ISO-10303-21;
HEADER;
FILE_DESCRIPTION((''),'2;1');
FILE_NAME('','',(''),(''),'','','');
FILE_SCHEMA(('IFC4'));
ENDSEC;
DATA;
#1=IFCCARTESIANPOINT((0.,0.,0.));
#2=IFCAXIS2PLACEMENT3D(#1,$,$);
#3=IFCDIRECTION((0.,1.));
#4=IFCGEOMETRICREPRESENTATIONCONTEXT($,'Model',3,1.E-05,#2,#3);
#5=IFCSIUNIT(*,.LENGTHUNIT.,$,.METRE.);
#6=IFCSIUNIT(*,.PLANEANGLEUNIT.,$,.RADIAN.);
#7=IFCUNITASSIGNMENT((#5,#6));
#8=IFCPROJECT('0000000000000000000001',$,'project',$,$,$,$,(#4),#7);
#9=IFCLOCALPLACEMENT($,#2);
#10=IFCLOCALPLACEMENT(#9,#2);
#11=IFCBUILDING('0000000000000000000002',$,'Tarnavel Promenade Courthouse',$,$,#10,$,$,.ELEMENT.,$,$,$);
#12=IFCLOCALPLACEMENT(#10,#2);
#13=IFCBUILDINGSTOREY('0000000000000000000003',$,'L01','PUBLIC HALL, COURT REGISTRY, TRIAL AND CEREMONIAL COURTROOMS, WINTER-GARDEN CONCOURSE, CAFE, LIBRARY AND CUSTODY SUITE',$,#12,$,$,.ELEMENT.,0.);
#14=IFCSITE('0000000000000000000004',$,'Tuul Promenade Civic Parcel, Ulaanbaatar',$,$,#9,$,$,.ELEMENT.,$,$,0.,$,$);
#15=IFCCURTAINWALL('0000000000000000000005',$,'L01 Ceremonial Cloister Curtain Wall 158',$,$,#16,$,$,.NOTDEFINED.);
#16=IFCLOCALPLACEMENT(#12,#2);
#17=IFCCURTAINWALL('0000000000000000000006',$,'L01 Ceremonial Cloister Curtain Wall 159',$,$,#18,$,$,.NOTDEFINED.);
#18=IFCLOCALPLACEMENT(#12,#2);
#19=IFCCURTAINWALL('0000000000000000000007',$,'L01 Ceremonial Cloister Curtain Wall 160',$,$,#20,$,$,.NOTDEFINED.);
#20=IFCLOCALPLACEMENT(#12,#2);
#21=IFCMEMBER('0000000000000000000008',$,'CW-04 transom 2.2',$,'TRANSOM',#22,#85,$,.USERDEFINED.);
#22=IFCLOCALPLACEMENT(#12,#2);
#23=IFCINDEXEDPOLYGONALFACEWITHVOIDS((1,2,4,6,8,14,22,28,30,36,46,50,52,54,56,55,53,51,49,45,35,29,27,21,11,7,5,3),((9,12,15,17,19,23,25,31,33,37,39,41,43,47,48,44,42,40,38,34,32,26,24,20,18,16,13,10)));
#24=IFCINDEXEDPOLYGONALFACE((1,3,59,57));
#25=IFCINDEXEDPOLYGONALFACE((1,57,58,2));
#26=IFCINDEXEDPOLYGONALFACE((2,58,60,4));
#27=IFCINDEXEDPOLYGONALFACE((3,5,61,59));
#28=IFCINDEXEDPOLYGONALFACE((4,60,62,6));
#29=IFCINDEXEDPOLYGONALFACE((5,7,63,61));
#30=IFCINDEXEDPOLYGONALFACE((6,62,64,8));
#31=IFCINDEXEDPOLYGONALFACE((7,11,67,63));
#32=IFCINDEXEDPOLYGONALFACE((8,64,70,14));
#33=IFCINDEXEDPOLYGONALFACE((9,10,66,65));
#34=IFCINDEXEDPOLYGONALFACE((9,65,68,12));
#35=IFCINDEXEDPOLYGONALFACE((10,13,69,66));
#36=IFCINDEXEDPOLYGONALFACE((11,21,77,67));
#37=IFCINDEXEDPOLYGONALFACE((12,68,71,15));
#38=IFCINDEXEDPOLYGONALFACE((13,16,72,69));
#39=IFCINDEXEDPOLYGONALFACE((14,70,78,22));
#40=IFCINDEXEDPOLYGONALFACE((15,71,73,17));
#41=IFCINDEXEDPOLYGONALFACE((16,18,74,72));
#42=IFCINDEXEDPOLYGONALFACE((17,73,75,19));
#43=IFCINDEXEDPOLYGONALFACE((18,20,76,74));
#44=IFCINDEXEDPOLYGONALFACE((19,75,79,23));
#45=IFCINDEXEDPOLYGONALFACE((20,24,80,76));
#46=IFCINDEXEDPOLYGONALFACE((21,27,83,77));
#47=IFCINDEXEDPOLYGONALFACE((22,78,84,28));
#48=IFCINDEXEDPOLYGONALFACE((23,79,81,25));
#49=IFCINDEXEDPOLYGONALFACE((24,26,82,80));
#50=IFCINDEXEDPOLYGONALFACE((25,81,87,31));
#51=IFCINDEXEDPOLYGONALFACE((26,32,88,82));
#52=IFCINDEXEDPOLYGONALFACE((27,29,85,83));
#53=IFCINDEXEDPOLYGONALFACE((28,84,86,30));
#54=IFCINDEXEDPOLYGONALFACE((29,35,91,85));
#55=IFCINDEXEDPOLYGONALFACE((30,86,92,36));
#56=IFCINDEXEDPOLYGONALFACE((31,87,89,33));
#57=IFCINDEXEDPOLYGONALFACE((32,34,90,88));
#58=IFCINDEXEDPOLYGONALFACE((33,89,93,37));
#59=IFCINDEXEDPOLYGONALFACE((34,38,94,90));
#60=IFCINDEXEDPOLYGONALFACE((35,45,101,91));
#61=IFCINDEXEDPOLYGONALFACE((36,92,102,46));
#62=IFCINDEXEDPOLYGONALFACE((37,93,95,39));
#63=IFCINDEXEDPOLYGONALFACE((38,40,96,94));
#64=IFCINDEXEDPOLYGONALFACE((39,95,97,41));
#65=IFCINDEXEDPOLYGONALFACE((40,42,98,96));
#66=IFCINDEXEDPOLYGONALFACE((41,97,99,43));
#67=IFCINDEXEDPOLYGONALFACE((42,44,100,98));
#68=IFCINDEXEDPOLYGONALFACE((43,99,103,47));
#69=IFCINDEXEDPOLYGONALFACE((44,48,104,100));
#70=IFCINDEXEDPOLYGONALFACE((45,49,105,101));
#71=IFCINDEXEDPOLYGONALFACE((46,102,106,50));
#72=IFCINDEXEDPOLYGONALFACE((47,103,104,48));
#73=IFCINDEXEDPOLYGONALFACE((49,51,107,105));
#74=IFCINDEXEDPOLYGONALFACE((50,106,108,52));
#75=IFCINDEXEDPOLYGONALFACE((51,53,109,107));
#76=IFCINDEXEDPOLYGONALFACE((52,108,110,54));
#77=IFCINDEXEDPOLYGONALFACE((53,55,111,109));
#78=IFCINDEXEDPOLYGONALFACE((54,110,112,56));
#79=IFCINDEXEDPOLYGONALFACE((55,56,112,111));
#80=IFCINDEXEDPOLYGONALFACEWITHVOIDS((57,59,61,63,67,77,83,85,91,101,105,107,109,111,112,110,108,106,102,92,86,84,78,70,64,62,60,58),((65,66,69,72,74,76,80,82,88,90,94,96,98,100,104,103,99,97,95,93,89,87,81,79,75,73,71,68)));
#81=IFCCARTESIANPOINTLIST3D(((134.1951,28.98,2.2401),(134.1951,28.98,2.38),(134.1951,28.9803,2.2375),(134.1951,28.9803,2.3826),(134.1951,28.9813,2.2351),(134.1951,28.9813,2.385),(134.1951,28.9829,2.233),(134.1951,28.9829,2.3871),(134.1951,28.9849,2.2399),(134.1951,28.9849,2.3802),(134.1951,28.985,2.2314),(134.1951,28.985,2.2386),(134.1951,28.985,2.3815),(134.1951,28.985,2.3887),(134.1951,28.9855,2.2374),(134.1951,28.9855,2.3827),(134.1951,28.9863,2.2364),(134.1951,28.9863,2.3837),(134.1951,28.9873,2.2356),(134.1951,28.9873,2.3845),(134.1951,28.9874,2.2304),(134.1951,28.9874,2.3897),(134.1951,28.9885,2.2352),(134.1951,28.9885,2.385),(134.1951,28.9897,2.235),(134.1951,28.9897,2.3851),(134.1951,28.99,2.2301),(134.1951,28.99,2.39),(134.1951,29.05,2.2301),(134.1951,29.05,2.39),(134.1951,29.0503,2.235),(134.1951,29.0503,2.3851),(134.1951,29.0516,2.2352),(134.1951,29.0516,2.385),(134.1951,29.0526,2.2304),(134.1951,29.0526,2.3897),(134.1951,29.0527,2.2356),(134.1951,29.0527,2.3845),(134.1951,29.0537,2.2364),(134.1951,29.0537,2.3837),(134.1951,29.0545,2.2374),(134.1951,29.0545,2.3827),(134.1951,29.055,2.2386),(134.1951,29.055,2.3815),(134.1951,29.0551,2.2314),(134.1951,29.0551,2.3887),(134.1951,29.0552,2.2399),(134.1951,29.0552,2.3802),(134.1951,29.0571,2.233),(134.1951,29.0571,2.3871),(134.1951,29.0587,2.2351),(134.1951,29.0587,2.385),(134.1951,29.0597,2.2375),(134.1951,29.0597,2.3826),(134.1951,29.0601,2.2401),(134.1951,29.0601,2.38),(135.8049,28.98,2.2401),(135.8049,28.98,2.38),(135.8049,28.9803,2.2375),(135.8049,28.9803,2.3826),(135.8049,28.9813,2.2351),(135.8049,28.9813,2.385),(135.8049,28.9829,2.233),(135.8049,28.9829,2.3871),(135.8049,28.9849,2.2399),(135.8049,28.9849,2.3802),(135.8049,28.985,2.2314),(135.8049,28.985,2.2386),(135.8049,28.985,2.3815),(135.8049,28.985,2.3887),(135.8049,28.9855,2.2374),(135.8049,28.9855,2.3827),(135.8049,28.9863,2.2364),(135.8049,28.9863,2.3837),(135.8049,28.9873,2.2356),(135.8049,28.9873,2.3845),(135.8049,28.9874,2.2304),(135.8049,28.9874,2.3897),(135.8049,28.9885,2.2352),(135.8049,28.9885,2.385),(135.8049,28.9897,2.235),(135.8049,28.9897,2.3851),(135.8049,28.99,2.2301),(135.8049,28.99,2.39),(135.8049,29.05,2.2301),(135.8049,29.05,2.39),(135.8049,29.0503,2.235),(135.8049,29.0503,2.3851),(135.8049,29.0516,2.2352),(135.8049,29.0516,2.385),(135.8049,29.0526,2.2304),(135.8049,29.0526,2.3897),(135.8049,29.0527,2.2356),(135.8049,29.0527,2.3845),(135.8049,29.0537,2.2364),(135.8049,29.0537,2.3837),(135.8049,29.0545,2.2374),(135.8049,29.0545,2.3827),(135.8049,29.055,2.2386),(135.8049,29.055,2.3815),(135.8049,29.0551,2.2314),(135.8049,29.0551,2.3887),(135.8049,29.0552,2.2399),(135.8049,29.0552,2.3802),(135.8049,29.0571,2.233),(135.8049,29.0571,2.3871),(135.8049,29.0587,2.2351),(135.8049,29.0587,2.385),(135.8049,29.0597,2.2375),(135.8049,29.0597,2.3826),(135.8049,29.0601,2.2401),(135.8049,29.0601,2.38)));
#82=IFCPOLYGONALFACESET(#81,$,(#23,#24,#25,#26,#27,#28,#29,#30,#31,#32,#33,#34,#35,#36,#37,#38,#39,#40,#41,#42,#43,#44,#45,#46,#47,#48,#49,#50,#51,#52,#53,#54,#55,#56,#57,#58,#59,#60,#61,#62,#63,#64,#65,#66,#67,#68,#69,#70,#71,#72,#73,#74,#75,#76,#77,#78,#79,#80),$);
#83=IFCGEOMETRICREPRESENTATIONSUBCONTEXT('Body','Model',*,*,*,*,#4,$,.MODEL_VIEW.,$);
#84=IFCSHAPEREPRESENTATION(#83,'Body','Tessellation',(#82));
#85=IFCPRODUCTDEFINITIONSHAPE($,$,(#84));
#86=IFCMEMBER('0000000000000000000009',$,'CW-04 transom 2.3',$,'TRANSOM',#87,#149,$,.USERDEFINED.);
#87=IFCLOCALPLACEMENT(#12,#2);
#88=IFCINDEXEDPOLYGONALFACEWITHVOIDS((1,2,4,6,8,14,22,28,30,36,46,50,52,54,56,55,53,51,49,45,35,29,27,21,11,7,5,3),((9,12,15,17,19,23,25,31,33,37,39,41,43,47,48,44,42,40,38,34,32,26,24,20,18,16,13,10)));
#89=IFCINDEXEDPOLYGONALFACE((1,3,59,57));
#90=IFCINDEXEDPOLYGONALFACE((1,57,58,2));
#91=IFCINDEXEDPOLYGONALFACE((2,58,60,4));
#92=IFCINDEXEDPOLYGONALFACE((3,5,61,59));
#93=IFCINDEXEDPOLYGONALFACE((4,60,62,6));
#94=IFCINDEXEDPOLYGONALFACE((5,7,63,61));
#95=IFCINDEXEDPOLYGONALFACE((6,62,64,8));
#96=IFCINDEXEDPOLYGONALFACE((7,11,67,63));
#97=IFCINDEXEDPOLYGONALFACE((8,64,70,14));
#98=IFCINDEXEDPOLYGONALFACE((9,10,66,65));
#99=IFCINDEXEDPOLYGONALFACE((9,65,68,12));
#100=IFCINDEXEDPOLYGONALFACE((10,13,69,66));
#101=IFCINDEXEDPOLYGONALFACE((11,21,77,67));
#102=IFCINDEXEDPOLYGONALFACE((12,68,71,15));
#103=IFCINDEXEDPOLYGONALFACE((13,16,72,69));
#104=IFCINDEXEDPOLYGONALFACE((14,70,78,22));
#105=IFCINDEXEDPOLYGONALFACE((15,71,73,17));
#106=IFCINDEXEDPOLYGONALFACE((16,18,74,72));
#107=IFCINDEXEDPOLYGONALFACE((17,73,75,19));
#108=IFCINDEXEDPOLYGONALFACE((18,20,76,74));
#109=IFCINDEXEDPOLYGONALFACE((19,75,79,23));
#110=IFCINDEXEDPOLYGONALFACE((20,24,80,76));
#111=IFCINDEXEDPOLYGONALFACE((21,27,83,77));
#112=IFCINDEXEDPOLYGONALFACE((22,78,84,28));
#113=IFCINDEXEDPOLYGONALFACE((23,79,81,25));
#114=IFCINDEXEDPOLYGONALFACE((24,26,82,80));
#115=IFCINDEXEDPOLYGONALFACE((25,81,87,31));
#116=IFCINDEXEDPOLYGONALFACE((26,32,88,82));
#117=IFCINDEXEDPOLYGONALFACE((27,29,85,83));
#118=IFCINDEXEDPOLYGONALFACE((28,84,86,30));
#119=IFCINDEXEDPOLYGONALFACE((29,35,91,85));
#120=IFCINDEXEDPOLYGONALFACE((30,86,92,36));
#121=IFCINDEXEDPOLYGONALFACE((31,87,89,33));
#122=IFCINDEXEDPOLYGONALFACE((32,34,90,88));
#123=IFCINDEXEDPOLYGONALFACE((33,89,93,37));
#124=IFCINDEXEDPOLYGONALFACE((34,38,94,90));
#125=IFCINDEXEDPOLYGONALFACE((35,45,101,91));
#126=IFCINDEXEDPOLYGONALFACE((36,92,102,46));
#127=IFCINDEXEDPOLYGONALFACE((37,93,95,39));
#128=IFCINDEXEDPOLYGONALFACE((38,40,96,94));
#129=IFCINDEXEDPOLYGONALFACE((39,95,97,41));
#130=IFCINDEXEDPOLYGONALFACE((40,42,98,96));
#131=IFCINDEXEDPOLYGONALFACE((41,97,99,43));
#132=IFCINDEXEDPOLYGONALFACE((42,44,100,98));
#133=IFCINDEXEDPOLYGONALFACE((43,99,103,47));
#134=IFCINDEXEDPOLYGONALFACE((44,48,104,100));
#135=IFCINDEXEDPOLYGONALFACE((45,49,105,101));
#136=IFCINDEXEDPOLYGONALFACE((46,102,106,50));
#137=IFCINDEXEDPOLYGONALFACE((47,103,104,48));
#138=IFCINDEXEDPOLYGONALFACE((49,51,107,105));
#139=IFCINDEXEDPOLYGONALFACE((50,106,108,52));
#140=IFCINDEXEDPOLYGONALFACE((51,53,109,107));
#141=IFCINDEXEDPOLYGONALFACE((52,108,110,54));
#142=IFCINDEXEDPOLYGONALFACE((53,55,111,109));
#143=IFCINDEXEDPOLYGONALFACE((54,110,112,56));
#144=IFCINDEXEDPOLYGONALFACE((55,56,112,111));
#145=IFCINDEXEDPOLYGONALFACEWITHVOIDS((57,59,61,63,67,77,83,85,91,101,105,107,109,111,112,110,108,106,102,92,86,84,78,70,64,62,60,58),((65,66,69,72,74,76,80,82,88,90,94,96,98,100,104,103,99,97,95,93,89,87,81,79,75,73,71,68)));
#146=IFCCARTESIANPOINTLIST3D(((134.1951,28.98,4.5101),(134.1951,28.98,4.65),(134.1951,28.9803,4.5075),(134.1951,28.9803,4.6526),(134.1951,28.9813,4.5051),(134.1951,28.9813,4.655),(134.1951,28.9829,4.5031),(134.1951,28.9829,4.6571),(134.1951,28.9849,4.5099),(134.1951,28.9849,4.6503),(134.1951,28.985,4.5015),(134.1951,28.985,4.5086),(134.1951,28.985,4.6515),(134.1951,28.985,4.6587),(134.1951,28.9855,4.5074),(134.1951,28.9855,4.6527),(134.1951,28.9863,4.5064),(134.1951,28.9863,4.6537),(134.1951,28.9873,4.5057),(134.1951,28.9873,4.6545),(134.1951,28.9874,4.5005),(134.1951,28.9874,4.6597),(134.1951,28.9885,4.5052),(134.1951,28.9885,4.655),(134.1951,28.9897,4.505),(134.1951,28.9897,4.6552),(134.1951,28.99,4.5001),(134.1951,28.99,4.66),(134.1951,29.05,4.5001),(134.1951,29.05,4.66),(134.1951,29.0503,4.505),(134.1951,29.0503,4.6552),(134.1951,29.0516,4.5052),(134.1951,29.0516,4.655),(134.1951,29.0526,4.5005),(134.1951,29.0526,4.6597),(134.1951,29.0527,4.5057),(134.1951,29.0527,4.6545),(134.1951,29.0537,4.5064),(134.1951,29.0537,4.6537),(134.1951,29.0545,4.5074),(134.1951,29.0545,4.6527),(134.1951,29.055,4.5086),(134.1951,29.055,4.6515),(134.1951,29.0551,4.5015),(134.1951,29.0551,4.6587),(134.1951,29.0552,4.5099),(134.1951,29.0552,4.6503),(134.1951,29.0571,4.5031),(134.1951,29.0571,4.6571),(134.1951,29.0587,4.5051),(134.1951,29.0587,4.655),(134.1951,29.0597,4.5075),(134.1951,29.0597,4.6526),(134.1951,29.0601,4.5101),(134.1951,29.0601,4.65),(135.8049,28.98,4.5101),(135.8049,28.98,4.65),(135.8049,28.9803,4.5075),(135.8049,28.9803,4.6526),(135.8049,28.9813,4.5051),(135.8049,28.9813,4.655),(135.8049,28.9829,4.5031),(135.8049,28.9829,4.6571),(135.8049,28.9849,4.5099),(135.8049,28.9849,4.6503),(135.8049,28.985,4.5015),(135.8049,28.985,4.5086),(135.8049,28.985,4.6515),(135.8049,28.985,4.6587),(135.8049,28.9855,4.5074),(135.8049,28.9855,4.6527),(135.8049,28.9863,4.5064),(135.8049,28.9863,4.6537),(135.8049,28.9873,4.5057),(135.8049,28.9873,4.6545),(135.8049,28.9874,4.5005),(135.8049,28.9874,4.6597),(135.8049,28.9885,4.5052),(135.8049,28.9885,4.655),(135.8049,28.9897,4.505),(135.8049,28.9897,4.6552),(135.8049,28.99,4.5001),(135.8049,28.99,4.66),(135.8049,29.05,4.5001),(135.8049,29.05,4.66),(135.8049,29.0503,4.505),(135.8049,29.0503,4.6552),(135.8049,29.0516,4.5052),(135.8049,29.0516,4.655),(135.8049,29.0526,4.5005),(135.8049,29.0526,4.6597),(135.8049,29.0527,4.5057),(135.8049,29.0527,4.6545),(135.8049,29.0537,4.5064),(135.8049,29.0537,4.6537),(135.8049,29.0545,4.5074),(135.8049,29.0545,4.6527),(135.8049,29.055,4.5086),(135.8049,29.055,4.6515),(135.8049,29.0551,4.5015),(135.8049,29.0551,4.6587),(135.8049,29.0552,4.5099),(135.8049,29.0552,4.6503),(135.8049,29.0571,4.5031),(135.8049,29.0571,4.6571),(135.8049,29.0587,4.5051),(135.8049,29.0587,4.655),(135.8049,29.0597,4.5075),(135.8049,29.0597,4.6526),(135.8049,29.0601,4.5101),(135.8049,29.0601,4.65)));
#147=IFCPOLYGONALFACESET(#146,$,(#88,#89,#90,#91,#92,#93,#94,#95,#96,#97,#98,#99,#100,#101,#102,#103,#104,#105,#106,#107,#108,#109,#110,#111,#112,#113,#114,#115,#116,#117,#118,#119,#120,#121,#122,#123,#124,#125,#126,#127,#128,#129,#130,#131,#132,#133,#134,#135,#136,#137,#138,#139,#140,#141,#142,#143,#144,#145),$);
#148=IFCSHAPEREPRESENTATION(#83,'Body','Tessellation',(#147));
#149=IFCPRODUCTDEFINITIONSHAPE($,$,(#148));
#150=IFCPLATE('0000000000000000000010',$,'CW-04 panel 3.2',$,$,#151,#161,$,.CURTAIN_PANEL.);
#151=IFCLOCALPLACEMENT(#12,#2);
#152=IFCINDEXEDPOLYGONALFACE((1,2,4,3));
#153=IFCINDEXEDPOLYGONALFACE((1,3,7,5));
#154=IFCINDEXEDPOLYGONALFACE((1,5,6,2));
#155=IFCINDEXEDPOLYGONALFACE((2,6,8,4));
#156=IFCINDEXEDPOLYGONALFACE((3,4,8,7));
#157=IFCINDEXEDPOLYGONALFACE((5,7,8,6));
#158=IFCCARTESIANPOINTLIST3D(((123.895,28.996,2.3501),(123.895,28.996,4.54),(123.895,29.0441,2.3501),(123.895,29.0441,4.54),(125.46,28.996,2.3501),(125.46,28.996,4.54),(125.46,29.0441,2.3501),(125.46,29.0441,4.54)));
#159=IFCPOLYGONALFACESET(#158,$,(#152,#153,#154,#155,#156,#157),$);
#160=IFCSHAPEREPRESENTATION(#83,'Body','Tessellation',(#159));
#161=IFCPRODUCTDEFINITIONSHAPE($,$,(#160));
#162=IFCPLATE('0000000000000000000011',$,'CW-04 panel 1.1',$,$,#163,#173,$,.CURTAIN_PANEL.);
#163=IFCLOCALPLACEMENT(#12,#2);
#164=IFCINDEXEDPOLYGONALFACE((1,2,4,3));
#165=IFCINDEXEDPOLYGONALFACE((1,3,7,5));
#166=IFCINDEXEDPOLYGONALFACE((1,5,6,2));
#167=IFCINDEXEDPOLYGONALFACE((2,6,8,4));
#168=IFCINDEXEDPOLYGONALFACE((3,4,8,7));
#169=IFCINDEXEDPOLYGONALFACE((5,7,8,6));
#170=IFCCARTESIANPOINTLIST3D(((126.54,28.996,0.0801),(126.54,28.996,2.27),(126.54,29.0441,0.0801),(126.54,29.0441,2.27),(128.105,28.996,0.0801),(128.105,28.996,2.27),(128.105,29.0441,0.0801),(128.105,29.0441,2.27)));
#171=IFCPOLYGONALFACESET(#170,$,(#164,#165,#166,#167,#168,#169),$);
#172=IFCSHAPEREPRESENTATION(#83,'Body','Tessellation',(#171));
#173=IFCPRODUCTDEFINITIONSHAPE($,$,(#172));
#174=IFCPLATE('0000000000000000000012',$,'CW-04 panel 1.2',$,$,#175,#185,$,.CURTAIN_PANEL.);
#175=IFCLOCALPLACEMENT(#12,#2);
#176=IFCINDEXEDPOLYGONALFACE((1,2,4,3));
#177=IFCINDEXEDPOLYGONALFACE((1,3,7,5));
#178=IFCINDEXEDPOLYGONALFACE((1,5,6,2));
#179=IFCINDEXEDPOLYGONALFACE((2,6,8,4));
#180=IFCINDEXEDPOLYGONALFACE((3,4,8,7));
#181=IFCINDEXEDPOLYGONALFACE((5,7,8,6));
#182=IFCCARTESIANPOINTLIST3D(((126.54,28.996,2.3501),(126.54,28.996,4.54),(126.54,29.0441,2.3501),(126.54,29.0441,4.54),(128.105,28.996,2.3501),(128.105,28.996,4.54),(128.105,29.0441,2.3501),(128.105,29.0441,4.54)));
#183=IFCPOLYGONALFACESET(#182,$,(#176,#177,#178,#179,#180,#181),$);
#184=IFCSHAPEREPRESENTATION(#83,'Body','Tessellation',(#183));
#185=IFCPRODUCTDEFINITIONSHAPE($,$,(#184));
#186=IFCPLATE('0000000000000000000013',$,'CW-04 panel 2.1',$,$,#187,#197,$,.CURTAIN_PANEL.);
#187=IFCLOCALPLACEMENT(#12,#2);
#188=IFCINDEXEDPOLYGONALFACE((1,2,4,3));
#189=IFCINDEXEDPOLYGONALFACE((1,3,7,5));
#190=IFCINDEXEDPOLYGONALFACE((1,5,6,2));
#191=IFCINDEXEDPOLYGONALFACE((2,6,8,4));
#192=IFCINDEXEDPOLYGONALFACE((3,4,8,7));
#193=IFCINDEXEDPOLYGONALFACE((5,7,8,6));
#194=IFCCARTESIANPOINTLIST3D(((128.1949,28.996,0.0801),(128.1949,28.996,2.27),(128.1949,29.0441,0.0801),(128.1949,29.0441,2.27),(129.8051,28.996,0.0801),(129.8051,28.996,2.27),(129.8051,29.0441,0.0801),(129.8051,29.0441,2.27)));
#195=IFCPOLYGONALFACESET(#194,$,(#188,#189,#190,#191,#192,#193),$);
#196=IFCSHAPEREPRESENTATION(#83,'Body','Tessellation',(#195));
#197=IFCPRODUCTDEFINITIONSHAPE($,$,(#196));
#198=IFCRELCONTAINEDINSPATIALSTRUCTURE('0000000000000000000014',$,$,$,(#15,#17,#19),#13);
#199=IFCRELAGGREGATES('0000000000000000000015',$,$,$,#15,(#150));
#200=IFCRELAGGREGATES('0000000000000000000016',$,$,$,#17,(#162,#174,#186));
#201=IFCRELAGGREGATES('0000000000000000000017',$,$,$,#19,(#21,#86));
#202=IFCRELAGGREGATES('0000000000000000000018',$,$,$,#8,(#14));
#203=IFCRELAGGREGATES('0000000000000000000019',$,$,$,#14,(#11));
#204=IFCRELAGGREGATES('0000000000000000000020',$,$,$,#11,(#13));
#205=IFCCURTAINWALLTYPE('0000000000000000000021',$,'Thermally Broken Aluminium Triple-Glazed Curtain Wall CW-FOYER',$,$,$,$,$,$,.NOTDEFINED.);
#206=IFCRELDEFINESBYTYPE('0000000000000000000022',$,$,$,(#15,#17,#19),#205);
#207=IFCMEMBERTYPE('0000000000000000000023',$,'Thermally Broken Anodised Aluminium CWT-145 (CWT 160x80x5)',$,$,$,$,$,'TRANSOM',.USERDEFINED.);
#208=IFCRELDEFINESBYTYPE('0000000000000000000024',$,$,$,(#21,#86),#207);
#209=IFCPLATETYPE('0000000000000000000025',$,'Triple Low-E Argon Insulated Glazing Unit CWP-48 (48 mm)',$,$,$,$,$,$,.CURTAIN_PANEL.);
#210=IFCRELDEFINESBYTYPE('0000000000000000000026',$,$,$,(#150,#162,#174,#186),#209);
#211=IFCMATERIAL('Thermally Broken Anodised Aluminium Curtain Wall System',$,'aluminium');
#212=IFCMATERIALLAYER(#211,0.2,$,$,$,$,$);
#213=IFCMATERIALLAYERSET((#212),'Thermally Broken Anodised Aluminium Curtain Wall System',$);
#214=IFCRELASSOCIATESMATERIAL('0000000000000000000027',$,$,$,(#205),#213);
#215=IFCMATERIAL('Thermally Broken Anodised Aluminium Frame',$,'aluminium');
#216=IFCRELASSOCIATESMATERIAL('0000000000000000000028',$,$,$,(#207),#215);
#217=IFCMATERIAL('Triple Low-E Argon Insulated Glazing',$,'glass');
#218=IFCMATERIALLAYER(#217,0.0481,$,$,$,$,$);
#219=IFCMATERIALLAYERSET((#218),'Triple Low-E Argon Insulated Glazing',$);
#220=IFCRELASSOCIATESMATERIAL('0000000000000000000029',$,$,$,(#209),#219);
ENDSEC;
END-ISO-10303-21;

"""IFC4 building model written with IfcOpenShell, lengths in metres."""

from ifc_helpers import new_model, si_unit, direction, frame, origin, origin_2d, place, context, subcontext, project, spatial, rectangle, hollow_rectangle, extrude, material, layer, layer_set, material_profile, profile_set, type_object, element, aggregate, save


model = new_model("IFC4")

# Units and contexts
model_context = context("Model", 3, precision=1e-05, world=origin(), true_north=direction((0.0, 1.0)))
body_context = subcontext(model_context, "Body", "Model", "MODEL_VIEW")
ifc_project = project(units=[si_unit("LENGTHUNIT", "METRE"), si_unit("PLANEANGLEUNIT", "RADIAN")], contexts=[model_context])

# Site, building, storey
site_placement = place(None, origin())
site = spatial("IfcSite", under=ifc_project, at=site_placement, Name="Tuul Promenade Civic Parcel, Ulaanbaatar", CompositionType="ELEMENT", RefElevation=0.0)
building_placement = place(site_placement, origin())
building = spatial("IfcBuilding", under=site, at=building_placement, Name="Tarnavel Promenade Courthouse", CompositionType="ELEMENT")
storey_placement = place(building_placement, origin())
storey = spatial("IfcBuildingStorey", under=building, at=storey_placement, Name="L01", Description="PUBLIC HALL, COURT REGISTRY, TRIAL AND CEREMONIAL COURTROOMS, WINTER-GARDEN CONCOURSE, CAFE, LIBRARY AND CUSTODY SUITE", CompositionType="ELEMENT", Elevation=0.0)

# Curtain wall
ifc_material_1 = material(Name="Thermally Broken Anodised Aluminium Curtain Wall System", Category="aluminium")
ifc_layer_1 = layer(ifc_material_1, 0.2)
ifc_layer_set_1 = layer_set([ifc_layer_1], Name="Thermally Broken Anodised Aluminium Curtain Wall System")
curtain_wall_type = type_object("IfcCurtainWallType", Name="Thermally Broken Aluminium Triple-Glazed Curtain Wall CW-FOYER", PredefinedType="NOTDEFINED", material=ifc_layer_set_1)
curtain_wall_1_placement = place(storey_placement, origin())
curtain_wall_1 = element("IfcCurtainWall", 1, at=curtain_wall_1_placement, inside=storey, type_object=curtain_wall_type, Name="L01 Ceremonial Cloister Curtain Wall 158", PredefinedType="NOTDEFINED")
ifc_material_2 = material(Name="Thermally Broken Anodised Aluminium Frame", Category="aluminium")

# Curtain walls
curtain_wall_2_placement = place(storey_placement, origin())
curtain_wall_2 = element("IfcCurtainWall", 2, at=curtain_wall_2_placement, inside=storey, type_object=curtain_wall_type, Name="L01 Ceremonial Cloister Curtain Wall 159", PredefinedType="NOTDEFINED")
curtain_wall_3_placement = place(storey_placement, origin())
curtain_wall_3 = element("IfcCurtainWall", 3, at=curtain_wall_3_placement, inside=storey, type_object=curtain_wall_type, Name="L01 Ceremonial Cloister Curtain Wall 160", PredefinedType="NOTDEFINED")

# Members
ifc_material_profile_1 = material_profile(ifc_material_2, hollow_rectangle(XDim=0.0801, YDim=0.1599, WallThickness=0.0049, InnerFilletRadius=0.0049, OuterFilletRadius=0.01, at=origin_2d()), Name="CWT 160x80x5")
ifc_profile_set_1 = profile_set([ifc_material_profile_1], Name="Thermally Broken Anodised Aluminium Frame")
member_type_1 = type_object("IfcMemberType", Name="Thermally Broken Anodised Aluminium CWT-145 (CWT 160x80x5)", ElementType="TRANSOM", PredefinedType="USERDEFINED", material=ifc_profile_set_1)
member_1_placement = place(storey_placement, frame((134.1951, 29.02, 2.3101), z_axis=(1.0, 0.0, 0.0), x_axis=(0.0, 1.0, 0.0)))
member_1 = element("IfcMember", 4, at=member_1_placement, type_object=member_type_1, Name="CW-04 transom 2.2", ObjectType="TRANSOM", PredefinedType="USERDEFINED", context=body_context, shape_type="SweptSolid", body=[
    extrude(hollow_rectangle(XDim=0.0801, YDim=0.1599, WallThickness=0.0049, InnerFilletRadius=0.0049, OuterFilletRadius=0.01, at=origin_2d()), origin(), (0.0, 0.0, 1.0), 1.6099),
])
member_2_placement = place(storey_placement, frame((134.1951, 29.02, 4.5801), z_axis=(1.0, 0.0, 0.0), x_axis=(0.0, 1.0, 0.0)))
member_2 = element("IfcMember", 5, at=member_2_placement, type_object=member_type_1, Name="CW-04 transom 2.3", ObjectType="TRANSOM", PredefinedType="USERDEFINED", context=body_context, shape_type="SweptSolid", body=[
    extrude(hollow_rectangle(XDim=0.0801, YDim=0.1599, WallThickness=0.0049, InnerFilletRadius=0.0049, OuterFilletRadius=0.01, at=origin_2d()), origin(), (0.0, 0.0, 1.0), 1.6099),
])

# Plates
ifc_material_3 = material(Name="Triple Low-E Argon Insulated Glazing", Category="glass")
ifc_layer_2 = layer(ifc_material_3, 0.0481)
ifc_layer_set_2 = layer_set([ifc_layer_2], Name="Triple Low-E Argon Insulated Glazing")
plate_type = type_object("IfcPlateType", Name="Triple Low-E Argon Insulated Glazing Unit CWP-48 (48 mm)", PredefinedType="CURTAIN_PANEL", material=ifc_layer_set_2)
plate_1_placement = place(storey_placement, frame((124.6775, 29.02, 2.3501), z_axis=(0.0, 0.0, 1.0), x_axis=(1.0, 0.0, 0.0)))
plate_1 = element("IfcPlate", 6, at=plate_1_placement, type_object=plate_type, Name="CW-04 panel 3.2", PredefinedType="CURTAIN_PANEL", context=body_context, shape_type="SweptSolid", body=[
    extrude(rectangle(XDim=1.5649, YDim=0.0481, at=origin_2d()), origin(), (0.0, 0.0, 1.0), 2.1899),
])
aggregate(curtain_wall_1, [plate_1])
plate_2_placement = place(storey_placement, frame((127.3225, 29.02, 0.0801), z_axis=(0.0, 0.0, 1.0), x_axis=(1.0, 0.0, 0.0)))
plate_2 = element("IfcPlate", 7, at=plate_2_placement, type_object=plate_type, Name="CW-04 panel 1.1", PredefinedType="CURTAIN_PANEL", context=body_context, shape_type="SweptSolid", body=[
    extrude(rectangle(XDim=1.5649, YDim=0.0481, at=origin_2d()), origin(), (0.0, 0.0, 1.0), 2.1899),
])
plate_3_placement = place(storey_placement, frame((127.3225, 29.02, 2.3501), z_axis=(0.0, 0.0, 1.0), x_axis=(1.0, 0.0, 0.0)))
plate_3 = element("IfcPlate", 8, at=plate_3_placement, type_object=plate_type, Name="CW-04 panel 1.2", PredefinedType="CURTAIN_PANEL", context=body_context, shape_type="SweptSolid", body=[
    extrude(rectangle(XDim=1.5649, YDim=0.0481, at=origin_2d()), origin(), (0.0, 0.0, 1.0), 2.1899),
])
plate_4_placement = place(storey_placement, frame((129.0, 29.02, 0.0801), z_axis=(0.0, 0.0, 1.0), x_axis=(1.0, 0.0, 0.0)))
plate_4 = element("IfcPlate", 9, at=plate_4_placement, type_object=plate_type, Name="CW-04 panel 2.1", PredefinedType="CURTAIN_PANEL", context=body_context, shape_type="SweptSolid", body=[
    extrude(rectangle(XDim=1.6101, YDim=0.0481, at=origin_2d()), origin(), (0.0, 0.0, 1.0), 2.1899),
])
aggregate(curtain_wall_2, [plate_2, plate_3, plate_4])
aggregate(curtain_wall_3, [member_1, member_2])

save(model, "model.ifc")
